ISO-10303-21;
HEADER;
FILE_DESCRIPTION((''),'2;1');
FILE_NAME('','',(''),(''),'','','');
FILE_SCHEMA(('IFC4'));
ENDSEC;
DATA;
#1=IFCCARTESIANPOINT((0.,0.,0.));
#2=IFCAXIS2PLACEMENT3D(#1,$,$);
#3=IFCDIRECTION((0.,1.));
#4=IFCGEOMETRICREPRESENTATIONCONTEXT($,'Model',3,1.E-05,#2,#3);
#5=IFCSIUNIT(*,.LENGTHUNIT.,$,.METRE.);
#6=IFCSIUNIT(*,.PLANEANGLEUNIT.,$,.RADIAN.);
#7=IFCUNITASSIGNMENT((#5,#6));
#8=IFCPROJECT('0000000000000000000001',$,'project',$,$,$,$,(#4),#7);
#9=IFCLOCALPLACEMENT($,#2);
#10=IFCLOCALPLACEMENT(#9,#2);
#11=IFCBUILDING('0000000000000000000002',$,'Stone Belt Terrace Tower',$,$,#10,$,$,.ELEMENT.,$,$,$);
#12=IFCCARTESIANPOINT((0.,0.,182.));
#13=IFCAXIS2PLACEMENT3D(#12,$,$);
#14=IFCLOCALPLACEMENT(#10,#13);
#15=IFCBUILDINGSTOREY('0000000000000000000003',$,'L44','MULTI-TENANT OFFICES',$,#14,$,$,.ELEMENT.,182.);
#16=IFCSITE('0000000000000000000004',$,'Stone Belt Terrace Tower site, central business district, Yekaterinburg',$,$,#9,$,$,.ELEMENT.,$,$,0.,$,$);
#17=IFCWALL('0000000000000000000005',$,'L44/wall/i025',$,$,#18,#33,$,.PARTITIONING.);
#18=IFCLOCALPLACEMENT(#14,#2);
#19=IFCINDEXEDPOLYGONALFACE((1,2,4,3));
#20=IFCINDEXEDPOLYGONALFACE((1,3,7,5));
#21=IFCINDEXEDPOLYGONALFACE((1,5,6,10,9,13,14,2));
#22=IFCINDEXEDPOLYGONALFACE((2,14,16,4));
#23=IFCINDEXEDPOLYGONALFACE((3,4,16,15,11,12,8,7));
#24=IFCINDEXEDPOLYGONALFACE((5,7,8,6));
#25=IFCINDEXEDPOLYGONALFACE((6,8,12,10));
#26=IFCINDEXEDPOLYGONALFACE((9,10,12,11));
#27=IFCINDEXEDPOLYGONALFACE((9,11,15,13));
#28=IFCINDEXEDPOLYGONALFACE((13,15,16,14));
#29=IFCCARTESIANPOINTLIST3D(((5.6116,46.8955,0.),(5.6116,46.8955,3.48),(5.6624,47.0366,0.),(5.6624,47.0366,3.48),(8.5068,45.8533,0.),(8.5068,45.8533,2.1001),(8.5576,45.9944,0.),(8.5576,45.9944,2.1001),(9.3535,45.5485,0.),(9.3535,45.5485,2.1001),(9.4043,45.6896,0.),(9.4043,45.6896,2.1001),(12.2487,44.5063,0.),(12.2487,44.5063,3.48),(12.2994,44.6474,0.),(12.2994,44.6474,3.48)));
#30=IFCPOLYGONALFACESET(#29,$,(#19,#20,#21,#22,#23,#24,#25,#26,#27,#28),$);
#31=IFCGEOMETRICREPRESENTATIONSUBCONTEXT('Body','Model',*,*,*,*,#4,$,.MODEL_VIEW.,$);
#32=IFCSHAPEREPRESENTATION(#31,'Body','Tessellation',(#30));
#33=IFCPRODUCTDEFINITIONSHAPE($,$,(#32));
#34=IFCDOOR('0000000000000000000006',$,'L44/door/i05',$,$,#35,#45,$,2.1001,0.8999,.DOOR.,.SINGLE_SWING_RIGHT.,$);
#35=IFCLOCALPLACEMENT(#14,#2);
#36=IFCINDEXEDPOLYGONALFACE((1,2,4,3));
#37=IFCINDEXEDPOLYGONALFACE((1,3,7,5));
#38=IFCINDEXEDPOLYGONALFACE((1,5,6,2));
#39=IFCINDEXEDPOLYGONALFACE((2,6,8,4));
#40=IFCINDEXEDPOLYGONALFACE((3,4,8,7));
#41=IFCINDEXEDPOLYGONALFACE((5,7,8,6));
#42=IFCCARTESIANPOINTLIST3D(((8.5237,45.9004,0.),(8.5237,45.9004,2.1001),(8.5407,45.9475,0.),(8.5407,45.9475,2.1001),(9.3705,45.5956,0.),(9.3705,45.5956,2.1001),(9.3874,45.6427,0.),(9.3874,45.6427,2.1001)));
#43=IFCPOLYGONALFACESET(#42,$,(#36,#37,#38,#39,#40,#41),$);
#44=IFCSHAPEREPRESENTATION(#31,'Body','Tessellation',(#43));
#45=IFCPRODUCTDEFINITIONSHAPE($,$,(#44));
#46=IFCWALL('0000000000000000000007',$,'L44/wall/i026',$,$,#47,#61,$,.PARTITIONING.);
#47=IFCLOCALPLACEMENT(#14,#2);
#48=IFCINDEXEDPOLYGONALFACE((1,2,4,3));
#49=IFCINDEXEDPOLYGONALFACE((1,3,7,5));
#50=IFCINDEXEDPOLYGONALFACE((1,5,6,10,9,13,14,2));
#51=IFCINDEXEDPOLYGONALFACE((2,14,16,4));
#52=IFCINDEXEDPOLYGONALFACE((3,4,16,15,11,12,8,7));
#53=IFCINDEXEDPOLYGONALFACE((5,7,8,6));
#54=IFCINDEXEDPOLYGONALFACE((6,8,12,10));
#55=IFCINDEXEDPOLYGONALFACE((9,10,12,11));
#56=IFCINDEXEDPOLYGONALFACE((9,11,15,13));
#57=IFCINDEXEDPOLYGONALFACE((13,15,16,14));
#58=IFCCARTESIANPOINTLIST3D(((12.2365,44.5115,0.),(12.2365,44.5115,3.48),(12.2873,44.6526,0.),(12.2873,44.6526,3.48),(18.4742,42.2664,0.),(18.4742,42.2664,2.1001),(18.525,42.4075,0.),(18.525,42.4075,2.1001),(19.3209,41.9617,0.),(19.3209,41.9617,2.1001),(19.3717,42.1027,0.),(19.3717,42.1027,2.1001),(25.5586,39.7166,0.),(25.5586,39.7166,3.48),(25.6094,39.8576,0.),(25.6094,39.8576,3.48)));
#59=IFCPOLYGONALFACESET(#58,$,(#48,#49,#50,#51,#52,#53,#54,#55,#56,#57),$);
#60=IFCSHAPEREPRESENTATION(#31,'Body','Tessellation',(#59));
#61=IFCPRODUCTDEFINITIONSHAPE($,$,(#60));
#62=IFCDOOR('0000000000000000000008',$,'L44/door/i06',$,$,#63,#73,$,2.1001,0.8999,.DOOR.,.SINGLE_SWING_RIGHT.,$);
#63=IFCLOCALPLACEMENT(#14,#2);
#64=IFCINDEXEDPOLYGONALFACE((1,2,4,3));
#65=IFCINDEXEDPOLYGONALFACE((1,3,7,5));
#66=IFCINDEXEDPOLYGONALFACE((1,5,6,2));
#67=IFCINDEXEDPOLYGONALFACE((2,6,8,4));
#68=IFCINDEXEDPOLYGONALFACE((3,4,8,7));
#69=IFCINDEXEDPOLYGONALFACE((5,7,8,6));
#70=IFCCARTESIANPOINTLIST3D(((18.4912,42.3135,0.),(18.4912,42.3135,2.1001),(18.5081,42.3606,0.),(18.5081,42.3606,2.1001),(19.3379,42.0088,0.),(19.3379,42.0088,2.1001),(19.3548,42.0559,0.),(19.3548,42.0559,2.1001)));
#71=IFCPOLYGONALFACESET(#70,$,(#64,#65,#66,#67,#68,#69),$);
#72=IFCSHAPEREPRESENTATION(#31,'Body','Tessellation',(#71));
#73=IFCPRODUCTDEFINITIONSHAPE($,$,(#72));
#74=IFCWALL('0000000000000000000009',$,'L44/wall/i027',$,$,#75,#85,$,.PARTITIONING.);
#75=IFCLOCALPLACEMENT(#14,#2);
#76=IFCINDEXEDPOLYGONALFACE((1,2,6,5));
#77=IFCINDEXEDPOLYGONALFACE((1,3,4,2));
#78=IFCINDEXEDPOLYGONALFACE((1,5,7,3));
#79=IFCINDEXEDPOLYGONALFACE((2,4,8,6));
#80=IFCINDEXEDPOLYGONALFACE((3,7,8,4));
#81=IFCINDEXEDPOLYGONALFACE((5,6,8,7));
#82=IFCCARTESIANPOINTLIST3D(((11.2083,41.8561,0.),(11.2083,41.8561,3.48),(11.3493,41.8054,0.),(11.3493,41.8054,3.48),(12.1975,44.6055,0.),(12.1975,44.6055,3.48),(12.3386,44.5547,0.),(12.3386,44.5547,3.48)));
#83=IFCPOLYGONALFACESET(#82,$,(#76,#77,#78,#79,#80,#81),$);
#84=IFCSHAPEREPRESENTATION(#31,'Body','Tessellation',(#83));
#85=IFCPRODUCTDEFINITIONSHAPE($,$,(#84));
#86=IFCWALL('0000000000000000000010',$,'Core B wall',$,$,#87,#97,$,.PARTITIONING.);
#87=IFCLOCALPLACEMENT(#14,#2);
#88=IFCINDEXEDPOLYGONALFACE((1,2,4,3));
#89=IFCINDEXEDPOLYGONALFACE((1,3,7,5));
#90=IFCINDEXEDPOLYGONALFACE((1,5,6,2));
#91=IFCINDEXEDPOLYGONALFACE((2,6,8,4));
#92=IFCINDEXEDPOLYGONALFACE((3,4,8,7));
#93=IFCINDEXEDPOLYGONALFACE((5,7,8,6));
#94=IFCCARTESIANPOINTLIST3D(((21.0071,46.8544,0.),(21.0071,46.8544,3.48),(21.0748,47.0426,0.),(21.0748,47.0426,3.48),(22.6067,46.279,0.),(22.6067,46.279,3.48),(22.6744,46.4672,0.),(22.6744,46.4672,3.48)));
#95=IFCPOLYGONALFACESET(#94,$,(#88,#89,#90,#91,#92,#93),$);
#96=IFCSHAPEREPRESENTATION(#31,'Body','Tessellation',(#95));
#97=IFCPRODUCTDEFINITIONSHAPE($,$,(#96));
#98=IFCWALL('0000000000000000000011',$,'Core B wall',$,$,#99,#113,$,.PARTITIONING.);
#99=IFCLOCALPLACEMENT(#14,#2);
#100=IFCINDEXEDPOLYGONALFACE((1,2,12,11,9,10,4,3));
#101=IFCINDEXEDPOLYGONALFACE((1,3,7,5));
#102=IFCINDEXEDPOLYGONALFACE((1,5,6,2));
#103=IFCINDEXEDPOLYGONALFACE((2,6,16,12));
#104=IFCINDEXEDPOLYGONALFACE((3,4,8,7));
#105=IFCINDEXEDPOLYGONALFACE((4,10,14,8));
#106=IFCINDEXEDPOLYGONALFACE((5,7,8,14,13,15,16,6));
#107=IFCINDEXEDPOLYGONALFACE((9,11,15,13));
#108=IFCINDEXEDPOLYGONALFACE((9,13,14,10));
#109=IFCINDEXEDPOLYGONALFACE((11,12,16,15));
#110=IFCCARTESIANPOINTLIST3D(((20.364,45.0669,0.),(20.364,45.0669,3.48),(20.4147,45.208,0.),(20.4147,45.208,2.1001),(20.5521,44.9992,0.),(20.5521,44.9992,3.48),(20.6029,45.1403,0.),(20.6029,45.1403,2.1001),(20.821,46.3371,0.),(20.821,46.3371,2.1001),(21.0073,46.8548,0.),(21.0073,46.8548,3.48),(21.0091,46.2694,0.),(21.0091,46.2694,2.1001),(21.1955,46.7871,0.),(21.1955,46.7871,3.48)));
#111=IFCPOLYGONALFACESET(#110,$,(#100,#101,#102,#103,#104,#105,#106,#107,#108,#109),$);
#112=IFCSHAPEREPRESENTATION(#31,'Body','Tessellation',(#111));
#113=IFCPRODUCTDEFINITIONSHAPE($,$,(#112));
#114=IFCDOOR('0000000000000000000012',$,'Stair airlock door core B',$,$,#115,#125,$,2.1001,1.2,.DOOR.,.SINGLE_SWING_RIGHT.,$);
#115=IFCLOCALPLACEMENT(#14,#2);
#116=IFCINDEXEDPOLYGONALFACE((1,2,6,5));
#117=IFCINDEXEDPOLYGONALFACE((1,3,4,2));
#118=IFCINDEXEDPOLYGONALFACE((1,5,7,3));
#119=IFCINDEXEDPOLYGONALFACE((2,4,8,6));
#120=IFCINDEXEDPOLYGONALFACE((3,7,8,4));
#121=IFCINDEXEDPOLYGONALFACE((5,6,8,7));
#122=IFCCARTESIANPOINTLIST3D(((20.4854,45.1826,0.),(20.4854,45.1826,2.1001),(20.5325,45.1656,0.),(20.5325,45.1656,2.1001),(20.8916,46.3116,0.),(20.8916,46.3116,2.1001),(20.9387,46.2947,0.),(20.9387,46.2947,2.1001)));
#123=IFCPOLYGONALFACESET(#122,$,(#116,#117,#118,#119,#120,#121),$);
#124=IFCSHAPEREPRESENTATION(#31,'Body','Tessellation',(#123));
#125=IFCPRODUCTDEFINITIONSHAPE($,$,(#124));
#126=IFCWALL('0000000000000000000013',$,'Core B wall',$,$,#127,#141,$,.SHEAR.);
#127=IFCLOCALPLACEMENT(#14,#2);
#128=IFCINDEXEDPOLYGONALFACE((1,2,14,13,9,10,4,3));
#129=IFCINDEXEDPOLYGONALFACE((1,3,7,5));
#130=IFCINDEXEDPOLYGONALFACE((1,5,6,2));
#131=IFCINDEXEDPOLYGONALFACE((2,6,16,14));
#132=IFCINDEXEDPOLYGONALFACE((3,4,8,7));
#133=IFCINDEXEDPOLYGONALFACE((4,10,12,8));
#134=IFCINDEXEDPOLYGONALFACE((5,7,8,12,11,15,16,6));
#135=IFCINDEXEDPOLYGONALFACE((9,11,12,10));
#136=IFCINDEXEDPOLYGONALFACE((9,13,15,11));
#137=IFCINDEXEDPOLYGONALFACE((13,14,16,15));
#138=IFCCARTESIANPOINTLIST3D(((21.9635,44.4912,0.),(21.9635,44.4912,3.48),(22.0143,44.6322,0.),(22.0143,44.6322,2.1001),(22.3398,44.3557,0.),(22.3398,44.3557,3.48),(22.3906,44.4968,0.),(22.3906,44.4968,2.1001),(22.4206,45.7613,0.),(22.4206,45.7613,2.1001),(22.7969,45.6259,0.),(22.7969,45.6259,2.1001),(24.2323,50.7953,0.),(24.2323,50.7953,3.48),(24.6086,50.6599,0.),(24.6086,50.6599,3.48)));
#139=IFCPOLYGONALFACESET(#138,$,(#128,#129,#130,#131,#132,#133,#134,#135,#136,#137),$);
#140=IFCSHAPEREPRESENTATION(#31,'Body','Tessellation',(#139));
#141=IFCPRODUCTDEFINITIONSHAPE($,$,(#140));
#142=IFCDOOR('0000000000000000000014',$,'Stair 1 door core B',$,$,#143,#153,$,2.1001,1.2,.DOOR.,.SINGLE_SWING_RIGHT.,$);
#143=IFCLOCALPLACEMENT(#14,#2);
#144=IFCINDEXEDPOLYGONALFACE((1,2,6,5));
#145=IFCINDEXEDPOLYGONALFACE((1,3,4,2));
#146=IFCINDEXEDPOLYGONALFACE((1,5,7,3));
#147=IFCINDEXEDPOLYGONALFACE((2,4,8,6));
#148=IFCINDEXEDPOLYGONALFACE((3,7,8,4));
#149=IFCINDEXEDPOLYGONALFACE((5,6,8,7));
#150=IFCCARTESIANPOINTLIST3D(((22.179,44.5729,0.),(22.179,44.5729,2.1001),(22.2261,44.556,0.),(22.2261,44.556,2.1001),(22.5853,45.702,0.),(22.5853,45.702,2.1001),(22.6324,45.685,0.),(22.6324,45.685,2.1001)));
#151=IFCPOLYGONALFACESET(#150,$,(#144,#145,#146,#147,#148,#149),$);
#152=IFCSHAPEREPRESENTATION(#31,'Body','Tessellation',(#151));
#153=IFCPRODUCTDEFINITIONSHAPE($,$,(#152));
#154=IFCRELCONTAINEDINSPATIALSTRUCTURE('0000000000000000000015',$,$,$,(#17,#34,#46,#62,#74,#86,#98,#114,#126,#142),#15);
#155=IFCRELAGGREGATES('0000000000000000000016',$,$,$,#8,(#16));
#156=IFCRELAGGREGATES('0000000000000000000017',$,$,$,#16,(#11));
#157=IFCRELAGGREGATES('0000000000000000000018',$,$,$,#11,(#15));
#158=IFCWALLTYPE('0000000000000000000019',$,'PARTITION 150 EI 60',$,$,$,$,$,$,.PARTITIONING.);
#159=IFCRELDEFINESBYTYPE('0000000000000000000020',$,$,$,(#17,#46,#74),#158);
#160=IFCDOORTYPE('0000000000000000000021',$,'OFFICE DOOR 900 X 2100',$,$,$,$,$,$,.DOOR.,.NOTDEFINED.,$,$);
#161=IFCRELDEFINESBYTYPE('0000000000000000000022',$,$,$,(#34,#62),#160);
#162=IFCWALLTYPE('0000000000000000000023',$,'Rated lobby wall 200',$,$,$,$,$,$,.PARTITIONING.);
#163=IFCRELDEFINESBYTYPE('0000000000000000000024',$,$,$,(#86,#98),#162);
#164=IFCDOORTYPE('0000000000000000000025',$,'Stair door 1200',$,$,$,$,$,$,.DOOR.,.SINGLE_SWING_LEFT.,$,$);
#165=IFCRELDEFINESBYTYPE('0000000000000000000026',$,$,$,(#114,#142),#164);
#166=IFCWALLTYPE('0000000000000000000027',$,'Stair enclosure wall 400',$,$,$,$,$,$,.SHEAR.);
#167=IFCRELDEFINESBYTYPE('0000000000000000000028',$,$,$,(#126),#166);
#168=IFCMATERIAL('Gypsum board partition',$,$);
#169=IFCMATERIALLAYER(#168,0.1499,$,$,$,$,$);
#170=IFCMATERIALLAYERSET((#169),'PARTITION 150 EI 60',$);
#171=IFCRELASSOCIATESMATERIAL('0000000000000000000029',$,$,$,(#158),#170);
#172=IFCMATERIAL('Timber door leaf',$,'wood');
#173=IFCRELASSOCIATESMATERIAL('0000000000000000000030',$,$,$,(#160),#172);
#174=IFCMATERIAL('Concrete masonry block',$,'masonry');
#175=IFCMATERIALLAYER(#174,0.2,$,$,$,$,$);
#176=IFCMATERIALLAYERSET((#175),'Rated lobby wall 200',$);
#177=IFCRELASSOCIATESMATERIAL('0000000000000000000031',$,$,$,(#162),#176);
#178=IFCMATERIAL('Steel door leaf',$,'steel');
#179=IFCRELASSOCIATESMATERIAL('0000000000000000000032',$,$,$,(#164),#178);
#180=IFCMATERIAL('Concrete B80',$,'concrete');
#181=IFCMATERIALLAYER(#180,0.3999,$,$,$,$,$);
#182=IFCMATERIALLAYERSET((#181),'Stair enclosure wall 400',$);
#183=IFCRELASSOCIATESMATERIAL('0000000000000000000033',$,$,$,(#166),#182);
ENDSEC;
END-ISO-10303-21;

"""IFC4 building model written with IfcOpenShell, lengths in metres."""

from ifc_helpers import new_model, si_unit, direction, frame, frame_2d, origin, place, context, subcontext, project, spatial, rectangle, extrude, material, layer, layer_set, type_object, element, fill, save


model = new_model("IFC4")

# Units and contexts
model_context = context("Model", 3, precision=1e-05, world=origin(), true_north=direction((0.0, 1.0)))
body_context = subcontext(model_context, "Body", "Model", "MODEL_VIEW")
ifc_project = project(units=[si_unit("LENGTHUNIT", "METRE"), si_unit("PLANEANGLEUNIT", "RADIAN")], contexts=[model_context])

# Site, building, storey
site_placement = place(None, origin())
site = spatial("IfcSite", under=ifc_project, at=site_placement, Name="Stone Belt Terrace Tower site, central business district, Yekaterinburg", CompositionType="ELEMENT", RefElevation=0.0)
building_placement = place(site_placement, origin())
building = spatial("IfcBuilding", under=site, at=building_placement, Name="Stone Belt Terrace Tower", CompositionType="ELEMENT")
storey_placement = place(building_placement, frame((0.0, 0.0, 182.0)))
storey = spatial("IfcBuildingStorey", under=building, at=storey_placement, Name="L44", Description="MULTI-TENANT OFFICES", CompositionType="ELEMENT", Elevation=182.0)

# Shared definitions
ifc_material_1 = material(Name="Concrete B80", Category="concrete")

# Shared definitions
ifc_material_2 = material(Name="Timber door leaf", Category="wood")

# Shared definitions
ifc_material_3 = material(Name="Gypsum board partition")
ifc_layer_1 = layer(ifc_material_3, 0.1499)
ifc_layer_set_1 = layer_set([ifc_layer_1], Name="PARTITION 150 EI 60")
wall_type_1 = type_object("IfcWallType", Name="PARTITION 150 EI 60", PredefinedType="PARTITIONING", material=ifc_layer_set_1)

# Walls, openings, doors
wall_1_placement = place(storey_placement, frame((12.2739, 44.5769, 0.0), z_axis=(0.0, 0.0, 1.0), x_axis=(-0.940894, 0.338701, 0.0)))
wall_1 = element("IfcWall", 1, at=wall_1_placement, inside=storey, type_object=wall_type_1, Name="L44/wall/i025", PredefinedType="PARTITIONING", context=body_context, shape_type="SweptSolid", body=[
    extrude(rectangle(XDim=7.054, YDim=0.1499, at=frame_2d((3.5269, 0.0))), origin(), (0.0, 0.0, 1.0), 3.48),
])
opening_1_placement = place(wall_1_placement, frame((3.0769, 0.0, 0.0)))
opening_1 = element("IfcOpeningElement", 2, at=opening_1_placement, cuts=wall_1, PredefinedType="OPENING", context=body_context, shape_type="SweptSolid", body=[
    extrude(rectangle(XDim=0.8999, YDim=2.1001, at=frame_2d((0.45, 1.05))), frame((0.0, 0.085, 0.0), z_axis=(0.0, -1.0, 0.0), x_axis=(1.0, 0.0, 0.0)), (0.0, 0.0, 1.0), 0.1699),
])
door_type_1 = type_object("IfcDoorType", Name="OFFICE DOOR 900 X 2100", OperationType="NOTDEFINED", PredefinedType="DOOR", material=ifc_material_2)
door_1_placement = place(opening_1_placement, origin())
door_1 = element("IfcDoor", 3, at=door_1_placement, inside=storey, type_object=door_type_1, Name="L44/door/i05", OperationType="SINGLE_SWING_RIGHT", OverallHeight=2.1001, OverallWidth=0.8999, PredefinedType="DOOR", context=body_context, shape_type="SweptSolid", body=[
    extrude(rectangle(XDim=0.8999, YDim=2.1001, at=frame_2d((0.45, 1.05))), frame((0.0, 0.0249, 0.0), z_axis=(0.0, -1.0, 0.0), x_axis=(1.0, 0.0, 0.0)), (0.0, 0.0, 1.0), 0.05),
])
fill(opening_1, door_1)
wall_2_placement = place(storey_placement, frame((25.584, 39.7871, 0.0), z_axis=(0.0, 0.0, 1.0), x_axis=(-0.94091, 0.338657, 0.0)))
wall_2 = element("IfcWall", 4, at=wall_2_placement, inside=storey, type_object=wall_type_1, Name="L44/wall/i026", PredefinedType="PARTITIONING", context=body_context, shape_type="SweptSolid", body=[
    extrude(rectangle(XDim=14.1587, YDim=0.1499, at=frame_2d((7.0793, 0.0))), origin(), (0.0, 0.0, 1.0), 3.48),
])
opening_2_placement = place(wall_2_placement, frame((6.6294, 0.0, 0.0)))
opening_2 = element("IfcOpeningElement", 5, at=opening_2_placement, cuts=wall_2, PredefinedType="OPENING", context=body_context, shape_type="SweptSolid", body=[
    extrude(rectangle(XDim=0.8999, YDim=2.1001, at=frame_2d((0.45, 1.05))), frame((0.0, 0.085, 0.0), z_axis=(0.0, -1.0, 0.0), x_axis=(1.0, 0.0, 0.0)), (0.0, 0.0, 1.0), 0.1699),
])
door_2_placement = place(opening_2_placement, origin())
door_2 = element("IfcDoor", 6, at=door_2_placement, inside=storey, type_object=door_type_1, Name="L44/door/i06", OperationType="SINGLE_SWING_RIGHT", OverallHeight=2.1001, OverallWidth=0.8999, PredefinedType="DOOR", context=body_context, shape_type="SweptSolid", body=[
    extrude(rectangle(XDim=0.8999, YDim=2.1001, at=frame_2d((0.45, 1.05))), frame((0.0, 0.0249, 0.0), z_axis=(0.0, -1.0, 0.0), x_axis=(1.0, 0.0, 0.0)), (0.0, 0.0, 1.0), 0.05),
])
fill(opening_2, door_2)

# Walls
wall_3_placement = place(storey_placement, frame((12.2681, 44.5801, 0.0), z_axis=(0.0, 0.0, 1.0), x_axis=(-0.338574, -0.94094, 0.0)))
element("IfcWall", 7, at=wall_3_placement, inside=storey, type_object=wall_type_1, Name="L44/wall/i027", PredefinedType="PARTITIONING", context=body_context, shape_type="SweptSolid", body=[
    extrude(rectangle(XDim=2.9219, YDim=0.1499, at=frame_2d((1.4609, 0.0))), origin(), (0.0, 0.0, 1.0), 3.48),
])
ifc_material_4 = material(Name="Concrete masonry block", Category="masonry")
ifc_layer_2 = layer(ifc_material_4, 0.2)
ifc_layer_set_2 = layer_set([ifc_layer_2], Name="Rated lobby wall 200")
wall_type_2 = type_object("IfcWallType", Name="Rated lobby wall 200", PredefinedType="PARTITIONING", material=ifc_layer_set_2)
wall_4_placement = place(storey_placement, frame((22.6406, 46.373, 0.0), z_axis=(0.0, 0.0, 1.0), x_axis=(-0.940966, 0.338501, 0.0)))
element("IfcWall", 8, at=wall_4_placement, inside=storey, type_object=wall_type_2, Name="Core B wall", PredefinedType="PARTITIONING", context=body_context, shape_type="SweptSolid", body=[
    extrude(rectangle(XDim=1.7, YDim=0.2, at=frame_2d((0.8501, 0.0))), origin(), (0.0, 0.0, 1.0), 3.48),
])

# Walls, openings, doors
wall_5_placement = place(storey_placement, frame((20.458, 45.033, 0.0), z_axis=(0.0, 0.0, 1.0), x_axis=(0.338574, 0.94094, 0.0)))
wall_5 = element("IfcWall", 9, at=wall_5_placement, inside=storey, type_object=wall_type_2, Name="Core B wall", PredefinedType="PARTITIONING", context=body_context, shape_type="SweptSolid", body=[
    extrude(rectangle(XDim=1.9001, YDim=0.2, at=frame_2d((0.9502, 0.0))), origin(), (0.0, 0.0, 1.0), 3.48),
])
opening_3_placement = place(wall_5_placement, frame((0.1499, 0.0, 0.0)))
opening_3 = element("IfcOpeningElement", 10, at=opening_3_placement, cuts=wall_5, PredefinedType="OPENING", context=body_context, shape_type="SweptSolid", body=[
    extrude(rectangle(XDim=1.2, YDim=2.1001, at=frame_2d((0.6001, 1.05))), frame((0.0, 0.1099, 0.0), z_axis=(0.0, -1.0, 0.0), x_axis=(1.0, 0.0, 0.0)), (0.0, 0.0, 1.0), 0.22),
])
ifc_material_5 = material(Name="Steel door leaf", Category="steel")
door_type_2 = type_object("IfcDoorType", Name="Stair door 1200", OperationType="SINGLE_SWING_LEFT", PredefinedType="DOOR", material=ifc_material_5)
door_3_placement = place(opening_3_placement, origin())
door_3 = element("IfcDoor", 11, at=door_3_placement, inside=storey, type_object=door_type_2, Name="Stair airlock door core B", OperationType="SINGLE_SWING_RIGHT", OverallHeight=2.1001, OverallWidth=1.2, PredefinedType="DOOR", context=body_context, shape_type="SweptSolid", body=[
    extrude(rectangle(XDim=1.2, YDim=2.1001, at=frame_2d((0.6001, 1.05))), frame((0.0, 0.0249, 0.0), z_axis=(0.0, -1.0, 0.0), x_axis=(1.0, 0.0, 0.0)), (0.0, 0.0, 1.0), 0.05),
])
fill(opening_3, door_3)
ifc_layer_3 = layer(ifc_material_1, 0.3999)
ifc_layer_set_3 = layer_set([ifc_layer_3], Name="Stair enclosure wall 400")
wall_type_3 = type_object("IfcWallType", Name="Stair enclosure wall 400", PredefinedType="SHEAR", material=ifc_layer_set_3)
wall_6_placement = place(storey_placement, frame((22.1516, 44.4233, 0.0), z_axis=(0.0, 0.0, 1.0), x_axis=(0.338625, 0.940921, 0.0)))
wall_6 = element("IfcWall", 12, at=wall_6_placement, inside=storey, type_object=wall_type_3, Name="Core B wall", PredefinedType="SHEAR", context=body_context, shape_type="SweptSolid", body=[
    extrude(rectangle(XDim=6.7, YDim=0.3999, at=frame_2d((3.3501, 0.0))), origin(), (0.0, 0.0, 1.0), 3.48),
])
opening_4_placement = place(wall_6_placement, frame((0.1499, 0.0, 0.0)))
opening_4 = element("IfcOpeningElement", 13, at=opening_4_placement, cuts=wall_6, PredefinedType="OPENING", context=body_context, shape_type="SweptSolid", body=[
    extrude(rectangle(XDim=1.2, YDim=2.1001, at=frame_2d((0.6001, 1.05))), frame((0.0, 0.21, 0.0), z_axis=(0.0, -1.0, 0.0), x_axis=(1.0, 0.0, 0.0)), (0.0, 0.0, 1.0), 0.4199),
])
door_4_placement = place(opening_4_placement, origin())
door_4 = element("IfcDoor", 14, at=door_4_placement, inside=storey, type_object=door_type_2, Name="Stair 1 door core B", OperationType="SINGLE_SWING_RIGHT", OverallHeight=2.1001, OverallWidth=1.2, PredefinedType="DOOR", context=body_context, shape_type="SweptSolid", body=[
    extrude(rectangle(XDim=1.2, YDim=2.1001, at=frame_2d((0.6001, 1.05))), frame((0.0, 0.0249, 0.0), z_axis=(0.0, -1.0, 0.0), x_axis=(1.0, 0.0, 0.0)), (0.0, 0.0, 1.0), 0.05),
])
fill(opening_4, door_4)

save(model, "model.ifc")
